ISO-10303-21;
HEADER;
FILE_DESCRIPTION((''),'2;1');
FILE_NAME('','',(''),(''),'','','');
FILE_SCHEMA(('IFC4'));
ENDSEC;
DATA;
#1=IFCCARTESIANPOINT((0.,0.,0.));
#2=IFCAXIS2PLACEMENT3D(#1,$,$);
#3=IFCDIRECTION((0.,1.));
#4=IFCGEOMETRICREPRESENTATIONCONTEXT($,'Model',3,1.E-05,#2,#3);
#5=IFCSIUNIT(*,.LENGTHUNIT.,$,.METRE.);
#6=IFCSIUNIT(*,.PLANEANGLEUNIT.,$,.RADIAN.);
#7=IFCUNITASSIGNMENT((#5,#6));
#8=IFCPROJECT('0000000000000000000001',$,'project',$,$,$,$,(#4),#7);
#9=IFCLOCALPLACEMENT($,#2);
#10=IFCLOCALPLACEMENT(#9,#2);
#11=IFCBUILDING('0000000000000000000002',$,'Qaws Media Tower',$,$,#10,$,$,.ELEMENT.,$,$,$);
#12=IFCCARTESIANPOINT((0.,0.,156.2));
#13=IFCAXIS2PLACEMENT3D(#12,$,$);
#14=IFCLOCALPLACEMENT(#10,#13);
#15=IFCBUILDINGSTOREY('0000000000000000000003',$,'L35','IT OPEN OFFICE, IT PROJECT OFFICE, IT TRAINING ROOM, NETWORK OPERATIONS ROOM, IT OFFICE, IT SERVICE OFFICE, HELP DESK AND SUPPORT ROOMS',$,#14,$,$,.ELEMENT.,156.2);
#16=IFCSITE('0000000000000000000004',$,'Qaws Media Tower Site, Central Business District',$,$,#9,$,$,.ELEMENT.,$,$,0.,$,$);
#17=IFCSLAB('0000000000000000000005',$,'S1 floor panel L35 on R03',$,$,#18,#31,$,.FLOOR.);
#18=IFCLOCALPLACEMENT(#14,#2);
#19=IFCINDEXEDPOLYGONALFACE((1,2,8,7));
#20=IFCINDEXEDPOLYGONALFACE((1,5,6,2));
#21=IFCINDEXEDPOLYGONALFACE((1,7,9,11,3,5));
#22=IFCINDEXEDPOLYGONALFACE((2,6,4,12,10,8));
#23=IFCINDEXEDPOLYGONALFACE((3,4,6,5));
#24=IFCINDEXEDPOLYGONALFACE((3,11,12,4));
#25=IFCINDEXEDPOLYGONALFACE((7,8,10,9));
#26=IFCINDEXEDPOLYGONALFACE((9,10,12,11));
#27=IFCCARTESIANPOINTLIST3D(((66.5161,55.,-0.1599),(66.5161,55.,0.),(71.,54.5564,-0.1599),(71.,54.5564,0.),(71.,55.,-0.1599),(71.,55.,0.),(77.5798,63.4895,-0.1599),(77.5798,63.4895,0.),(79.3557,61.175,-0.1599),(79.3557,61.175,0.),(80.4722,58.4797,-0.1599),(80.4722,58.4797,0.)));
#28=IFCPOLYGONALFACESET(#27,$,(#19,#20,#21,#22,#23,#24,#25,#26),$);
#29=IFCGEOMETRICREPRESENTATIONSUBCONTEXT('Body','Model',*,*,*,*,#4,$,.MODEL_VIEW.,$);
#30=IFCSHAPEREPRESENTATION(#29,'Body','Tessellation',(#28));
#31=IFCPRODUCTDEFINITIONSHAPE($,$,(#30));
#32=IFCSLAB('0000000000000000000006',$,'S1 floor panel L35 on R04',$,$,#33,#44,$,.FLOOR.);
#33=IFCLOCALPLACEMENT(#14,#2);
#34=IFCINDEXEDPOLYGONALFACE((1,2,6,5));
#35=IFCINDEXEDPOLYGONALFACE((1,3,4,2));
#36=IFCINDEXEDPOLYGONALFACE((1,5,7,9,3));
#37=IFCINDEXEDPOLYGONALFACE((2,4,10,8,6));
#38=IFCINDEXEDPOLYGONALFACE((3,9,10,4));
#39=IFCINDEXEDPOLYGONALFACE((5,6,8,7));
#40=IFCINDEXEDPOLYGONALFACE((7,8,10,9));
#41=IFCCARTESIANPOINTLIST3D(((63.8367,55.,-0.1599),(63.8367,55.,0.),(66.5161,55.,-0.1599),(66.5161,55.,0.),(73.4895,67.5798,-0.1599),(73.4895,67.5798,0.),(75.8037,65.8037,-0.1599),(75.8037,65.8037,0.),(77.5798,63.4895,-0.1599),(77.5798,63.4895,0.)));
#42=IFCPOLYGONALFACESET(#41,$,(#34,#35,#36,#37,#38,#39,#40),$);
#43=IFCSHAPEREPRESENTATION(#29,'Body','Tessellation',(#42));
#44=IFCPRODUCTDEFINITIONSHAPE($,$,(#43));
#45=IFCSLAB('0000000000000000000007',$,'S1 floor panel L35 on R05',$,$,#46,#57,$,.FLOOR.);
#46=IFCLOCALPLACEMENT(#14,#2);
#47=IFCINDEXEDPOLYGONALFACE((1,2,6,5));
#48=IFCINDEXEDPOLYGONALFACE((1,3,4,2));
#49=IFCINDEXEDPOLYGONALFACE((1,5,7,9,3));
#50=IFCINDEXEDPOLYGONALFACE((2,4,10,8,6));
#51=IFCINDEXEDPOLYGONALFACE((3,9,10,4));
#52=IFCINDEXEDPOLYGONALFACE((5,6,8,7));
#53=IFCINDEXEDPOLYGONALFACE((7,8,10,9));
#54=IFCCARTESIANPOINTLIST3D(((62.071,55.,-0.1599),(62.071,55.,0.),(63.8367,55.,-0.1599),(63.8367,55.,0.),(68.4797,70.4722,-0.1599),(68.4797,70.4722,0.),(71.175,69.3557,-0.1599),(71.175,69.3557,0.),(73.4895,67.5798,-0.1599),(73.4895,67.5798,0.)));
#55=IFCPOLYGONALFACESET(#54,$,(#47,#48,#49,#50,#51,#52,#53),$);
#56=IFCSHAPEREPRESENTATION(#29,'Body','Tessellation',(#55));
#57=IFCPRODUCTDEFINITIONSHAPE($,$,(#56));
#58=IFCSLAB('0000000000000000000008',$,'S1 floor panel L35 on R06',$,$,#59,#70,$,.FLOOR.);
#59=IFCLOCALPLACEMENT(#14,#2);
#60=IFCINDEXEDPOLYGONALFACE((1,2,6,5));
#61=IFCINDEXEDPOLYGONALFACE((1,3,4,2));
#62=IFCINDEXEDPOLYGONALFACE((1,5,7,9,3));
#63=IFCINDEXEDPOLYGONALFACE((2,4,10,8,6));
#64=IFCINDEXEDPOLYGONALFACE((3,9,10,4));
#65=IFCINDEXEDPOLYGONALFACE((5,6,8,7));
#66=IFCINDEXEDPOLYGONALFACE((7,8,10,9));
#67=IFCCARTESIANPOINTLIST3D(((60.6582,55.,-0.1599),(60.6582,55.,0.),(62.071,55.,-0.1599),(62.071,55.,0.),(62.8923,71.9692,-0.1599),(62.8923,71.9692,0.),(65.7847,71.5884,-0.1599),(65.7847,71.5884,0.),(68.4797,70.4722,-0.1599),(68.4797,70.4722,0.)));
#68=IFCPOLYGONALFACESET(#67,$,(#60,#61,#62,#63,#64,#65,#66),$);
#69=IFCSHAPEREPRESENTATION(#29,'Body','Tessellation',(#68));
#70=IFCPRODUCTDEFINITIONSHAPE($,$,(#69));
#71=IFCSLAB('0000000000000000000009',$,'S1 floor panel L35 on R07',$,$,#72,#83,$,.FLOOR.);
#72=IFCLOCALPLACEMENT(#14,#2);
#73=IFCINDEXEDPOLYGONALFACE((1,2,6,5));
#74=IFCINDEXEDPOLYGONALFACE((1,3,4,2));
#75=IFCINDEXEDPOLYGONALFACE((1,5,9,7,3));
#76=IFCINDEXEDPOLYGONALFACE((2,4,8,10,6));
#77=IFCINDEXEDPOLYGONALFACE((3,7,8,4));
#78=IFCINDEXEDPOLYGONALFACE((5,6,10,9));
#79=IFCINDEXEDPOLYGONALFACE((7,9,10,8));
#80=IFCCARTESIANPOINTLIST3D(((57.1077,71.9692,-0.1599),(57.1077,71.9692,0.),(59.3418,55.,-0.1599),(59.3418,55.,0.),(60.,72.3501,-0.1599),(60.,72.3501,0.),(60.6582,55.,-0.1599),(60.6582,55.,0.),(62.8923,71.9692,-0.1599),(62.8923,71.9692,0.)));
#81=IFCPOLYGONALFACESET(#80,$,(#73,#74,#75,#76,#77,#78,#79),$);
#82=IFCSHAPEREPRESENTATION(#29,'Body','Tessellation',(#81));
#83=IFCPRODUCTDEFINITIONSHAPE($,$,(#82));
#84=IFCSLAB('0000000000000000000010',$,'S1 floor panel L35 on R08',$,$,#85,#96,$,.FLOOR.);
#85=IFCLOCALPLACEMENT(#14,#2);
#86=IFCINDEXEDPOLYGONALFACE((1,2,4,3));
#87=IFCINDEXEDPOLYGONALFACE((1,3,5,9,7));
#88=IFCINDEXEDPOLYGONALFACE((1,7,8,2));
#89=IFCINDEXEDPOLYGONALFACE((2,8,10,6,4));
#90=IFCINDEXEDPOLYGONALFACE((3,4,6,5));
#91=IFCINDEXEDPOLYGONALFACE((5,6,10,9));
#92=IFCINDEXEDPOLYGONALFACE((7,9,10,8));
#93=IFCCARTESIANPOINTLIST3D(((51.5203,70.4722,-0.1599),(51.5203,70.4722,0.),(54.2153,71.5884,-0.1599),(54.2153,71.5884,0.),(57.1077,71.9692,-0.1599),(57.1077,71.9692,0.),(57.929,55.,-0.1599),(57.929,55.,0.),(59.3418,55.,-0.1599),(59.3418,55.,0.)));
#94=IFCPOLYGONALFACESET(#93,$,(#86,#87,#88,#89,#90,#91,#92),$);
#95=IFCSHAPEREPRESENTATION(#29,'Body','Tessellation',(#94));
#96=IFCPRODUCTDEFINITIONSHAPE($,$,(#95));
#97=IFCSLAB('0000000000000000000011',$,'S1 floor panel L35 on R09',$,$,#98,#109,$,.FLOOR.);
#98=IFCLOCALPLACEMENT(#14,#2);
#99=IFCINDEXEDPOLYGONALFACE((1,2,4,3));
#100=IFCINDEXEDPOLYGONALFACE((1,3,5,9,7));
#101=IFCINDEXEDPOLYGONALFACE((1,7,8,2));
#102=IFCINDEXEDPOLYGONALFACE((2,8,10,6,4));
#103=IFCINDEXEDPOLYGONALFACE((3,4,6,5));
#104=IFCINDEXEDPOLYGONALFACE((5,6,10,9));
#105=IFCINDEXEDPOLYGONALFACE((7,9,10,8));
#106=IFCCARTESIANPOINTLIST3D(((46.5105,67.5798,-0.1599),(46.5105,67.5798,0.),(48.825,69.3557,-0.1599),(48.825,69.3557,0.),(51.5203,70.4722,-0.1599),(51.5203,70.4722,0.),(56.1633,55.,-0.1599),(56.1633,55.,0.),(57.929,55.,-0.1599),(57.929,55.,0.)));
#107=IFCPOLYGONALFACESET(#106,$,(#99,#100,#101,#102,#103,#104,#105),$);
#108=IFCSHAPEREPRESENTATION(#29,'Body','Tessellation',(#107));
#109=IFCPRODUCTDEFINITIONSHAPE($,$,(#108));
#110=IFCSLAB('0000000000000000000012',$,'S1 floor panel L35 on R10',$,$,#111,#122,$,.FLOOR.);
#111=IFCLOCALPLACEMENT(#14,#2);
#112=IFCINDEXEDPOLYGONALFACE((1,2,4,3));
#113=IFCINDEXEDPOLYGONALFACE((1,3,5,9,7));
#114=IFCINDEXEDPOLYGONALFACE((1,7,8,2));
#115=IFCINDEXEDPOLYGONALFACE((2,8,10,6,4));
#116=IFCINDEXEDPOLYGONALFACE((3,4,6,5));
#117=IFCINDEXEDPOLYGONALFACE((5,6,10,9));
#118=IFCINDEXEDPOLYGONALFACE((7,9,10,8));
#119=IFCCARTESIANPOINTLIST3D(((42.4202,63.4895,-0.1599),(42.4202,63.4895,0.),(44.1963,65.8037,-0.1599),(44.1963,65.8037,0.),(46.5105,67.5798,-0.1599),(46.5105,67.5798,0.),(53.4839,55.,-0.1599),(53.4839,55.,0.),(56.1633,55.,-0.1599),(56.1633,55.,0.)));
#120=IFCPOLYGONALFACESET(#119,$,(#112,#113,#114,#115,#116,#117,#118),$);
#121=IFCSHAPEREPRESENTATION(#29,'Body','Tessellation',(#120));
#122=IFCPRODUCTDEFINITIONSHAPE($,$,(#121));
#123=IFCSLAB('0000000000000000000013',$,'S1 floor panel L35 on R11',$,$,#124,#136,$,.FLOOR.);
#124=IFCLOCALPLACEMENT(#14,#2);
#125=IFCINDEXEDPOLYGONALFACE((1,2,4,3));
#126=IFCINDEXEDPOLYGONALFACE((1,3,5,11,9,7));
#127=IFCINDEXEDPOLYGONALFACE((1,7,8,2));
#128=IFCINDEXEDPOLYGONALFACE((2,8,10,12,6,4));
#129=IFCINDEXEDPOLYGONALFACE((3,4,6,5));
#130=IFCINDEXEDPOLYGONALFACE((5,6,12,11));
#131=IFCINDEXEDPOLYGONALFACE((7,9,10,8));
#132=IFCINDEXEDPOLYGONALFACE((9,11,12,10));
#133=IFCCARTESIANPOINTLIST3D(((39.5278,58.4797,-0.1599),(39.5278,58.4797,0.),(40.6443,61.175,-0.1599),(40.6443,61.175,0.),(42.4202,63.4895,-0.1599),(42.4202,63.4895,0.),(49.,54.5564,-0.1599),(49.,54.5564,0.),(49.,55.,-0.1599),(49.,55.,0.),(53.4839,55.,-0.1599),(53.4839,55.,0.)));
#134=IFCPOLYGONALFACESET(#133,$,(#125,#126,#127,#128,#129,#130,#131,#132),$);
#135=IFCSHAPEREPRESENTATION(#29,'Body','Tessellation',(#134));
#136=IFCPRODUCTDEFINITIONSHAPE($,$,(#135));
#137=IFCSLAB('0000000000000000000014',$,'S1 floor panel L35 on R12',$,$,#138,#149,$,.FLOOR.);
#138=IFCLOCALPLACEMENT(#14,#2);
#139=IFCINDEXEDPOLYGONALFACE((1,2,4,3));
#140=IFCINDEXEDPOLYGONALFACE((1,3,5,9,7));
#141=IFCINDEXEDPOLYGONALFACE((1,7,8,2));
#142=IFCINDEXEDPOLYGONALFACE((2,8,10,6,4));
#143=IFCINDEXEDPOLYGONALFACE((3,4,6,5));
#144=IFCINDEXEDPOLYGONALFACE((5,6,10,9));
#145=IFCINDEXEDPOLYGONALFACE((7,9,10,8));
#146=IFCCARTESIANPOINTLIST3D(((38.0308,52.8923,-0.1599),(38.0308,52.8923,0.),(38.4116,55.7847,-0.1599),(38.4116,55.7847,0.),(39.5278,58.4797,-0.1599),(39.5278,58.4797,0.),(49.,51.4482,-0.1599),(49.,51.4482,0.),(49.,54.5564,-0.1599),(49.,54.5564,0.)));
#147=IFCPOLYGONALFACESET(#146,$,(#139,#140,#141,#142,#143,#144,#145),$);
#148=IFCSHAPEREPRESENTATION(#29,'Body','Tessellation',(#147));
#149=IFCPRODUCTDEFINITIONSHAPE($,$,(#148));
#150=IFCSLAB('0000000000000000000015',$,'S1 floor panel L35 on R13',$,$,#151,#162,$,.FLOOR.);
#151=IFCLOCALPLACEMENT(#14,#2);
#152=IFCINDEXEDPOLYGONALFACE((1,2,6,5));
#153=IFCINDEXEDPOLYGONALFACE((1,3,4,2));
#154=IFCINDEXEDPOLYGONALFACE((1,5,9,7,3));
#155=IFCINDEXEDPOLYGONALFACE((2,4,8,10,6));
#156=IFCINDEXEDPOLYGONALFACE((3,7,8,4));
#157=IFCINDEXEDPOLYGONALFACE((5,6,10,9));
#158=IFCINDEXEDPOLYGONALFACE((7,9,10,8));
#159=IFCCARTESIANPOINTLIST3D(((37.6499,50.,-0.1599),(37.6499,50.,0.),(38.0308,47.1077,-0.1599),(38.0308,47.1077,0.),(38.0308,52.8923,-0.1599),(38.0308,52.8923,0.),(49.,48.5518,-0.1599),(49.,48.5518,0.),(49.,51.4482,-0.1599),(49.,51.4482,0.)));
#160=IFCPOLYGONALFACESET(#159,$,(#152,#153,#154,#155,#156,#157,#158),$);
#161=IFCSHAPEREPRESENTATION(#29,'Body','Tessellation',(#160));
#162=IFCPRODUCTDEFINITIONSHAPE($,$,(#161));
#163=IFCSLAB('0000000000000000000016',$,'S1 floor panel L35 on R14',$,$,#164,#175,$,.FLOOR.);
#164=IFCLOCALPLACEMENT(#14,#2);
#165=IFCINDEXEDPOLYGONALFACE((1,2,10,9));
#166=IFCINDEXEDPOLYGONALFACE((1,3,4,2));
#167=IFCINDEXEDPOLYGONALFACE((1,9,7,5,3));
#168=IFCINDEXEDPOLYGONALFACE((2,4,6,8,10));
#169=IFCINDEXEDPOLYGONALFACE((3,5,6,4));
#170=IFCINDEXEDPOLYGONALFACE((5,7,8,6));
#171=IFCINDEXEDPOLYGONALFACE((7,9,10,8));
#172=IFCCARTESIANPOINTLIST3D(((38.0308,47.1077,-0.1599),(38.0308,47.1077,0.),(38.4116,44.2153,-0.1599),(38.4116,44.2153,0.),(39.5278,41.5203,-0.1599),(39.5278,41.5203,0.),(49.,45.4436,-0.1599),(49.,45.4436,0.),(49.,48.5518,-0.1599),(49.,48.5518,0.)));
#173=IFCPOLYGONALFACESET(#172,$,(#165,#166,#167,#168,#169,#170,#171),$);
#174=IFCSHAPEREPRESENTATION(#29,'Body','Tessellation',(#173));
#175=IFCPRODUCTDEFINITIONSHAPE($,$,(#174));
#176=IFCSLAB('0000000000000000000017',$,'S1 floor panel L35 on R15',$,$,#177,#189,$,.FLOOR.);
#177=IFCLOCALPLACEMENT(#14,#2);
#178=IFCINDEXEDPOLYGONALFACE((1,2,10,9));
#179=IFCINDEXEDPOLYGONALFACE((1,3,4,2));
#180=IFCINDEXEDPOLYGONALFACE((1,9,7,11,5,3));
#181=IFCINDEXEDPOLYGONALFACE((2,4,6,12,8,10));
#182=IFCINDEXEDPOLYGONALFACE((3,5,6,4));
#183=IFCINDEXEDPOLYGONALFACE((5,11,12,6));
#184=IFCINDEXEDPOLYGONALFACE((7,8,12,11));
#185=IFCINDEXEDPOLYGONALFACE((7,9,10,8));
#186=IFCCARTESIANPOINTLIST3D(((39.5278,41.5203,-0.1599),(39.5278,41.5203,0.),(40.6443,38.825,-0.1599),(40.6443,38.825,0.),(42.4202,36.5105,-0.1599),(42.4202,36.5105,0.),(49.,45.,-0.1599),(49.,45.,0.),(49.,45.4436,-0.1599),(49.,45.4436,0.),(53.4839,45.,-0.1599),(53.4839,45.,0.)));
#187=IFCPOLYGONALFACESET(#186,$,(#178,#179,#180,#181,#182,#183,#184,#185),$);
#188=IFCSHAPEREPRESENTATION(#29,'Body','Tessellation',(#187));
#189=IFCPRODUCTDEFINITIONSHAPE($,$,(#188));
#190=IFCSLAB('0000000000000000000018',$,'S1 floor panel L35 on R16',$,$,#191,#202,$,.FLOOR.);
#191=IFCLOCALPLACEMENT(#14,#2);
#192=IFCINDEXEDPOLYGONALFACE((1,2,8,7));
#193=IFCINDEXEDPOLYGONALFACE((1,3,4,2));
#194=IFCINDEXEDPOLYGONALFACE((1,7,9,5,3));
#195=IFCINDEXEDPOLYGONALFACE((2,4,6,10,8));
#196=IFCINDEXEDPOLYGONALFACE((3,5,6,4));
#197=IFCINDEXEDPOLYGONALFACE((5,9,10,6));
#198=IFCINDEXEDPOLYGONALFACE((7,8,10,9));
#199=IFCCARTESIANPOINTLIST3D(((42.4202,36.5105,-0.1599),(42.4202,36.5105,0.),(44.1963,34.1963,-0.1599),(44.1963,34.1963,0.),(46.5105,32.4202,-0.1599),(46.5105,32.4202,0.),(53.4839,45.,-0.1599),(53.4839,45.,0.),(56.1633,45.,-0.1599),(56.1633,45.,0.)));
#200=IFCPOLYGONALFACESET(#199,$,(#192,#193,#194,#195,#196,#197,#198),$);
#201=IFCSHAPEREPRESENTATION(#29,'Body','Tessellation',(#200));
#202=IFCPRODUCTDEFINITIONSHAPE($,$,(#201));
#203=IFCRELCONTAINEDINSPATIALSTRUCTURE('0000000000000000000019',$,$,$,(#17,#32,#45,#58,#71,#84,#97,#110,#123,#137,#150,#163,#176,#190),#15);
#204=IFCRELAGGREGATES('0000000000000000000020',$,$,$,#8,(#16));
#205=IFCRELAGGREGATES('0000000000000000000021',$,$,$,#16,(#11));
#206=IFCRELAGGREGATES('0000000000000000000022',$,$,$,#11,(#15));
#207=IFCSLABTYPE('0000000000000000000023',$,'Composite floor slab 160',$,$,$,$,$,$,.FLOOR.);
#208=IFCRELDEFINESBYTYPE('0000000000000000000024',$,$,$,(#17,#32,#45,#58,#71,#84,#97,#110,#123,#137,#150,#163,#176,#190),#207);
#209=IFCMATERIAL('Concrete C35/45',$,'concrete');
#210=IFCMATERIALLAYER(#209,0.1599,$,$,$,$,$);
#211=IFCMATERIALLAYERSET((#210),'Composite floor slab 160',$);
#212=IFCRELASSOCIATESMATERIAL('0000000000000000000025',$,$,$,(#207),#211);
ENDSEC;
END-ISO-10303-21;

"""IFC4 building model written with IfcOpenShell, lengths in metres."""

from ifc_helpers import new_model, si_unit, direction, frame, origin, place, context, subcontext, project, spatial, polyline, outline, extrude, material, layer, layer_set, type_object, element, save


model = new_model("IFC4")

# Units and contexts
model_context = context("Model", 3, precision=1e-05, world=origin(), true_north=direction((0.0, 1.0)))
body_context = subcontext(model_context, "Body", "Model", "MODEL_VIEW")
ifc_project = project(units=[si_unit("LENGTHUNIT", "METRE"), si_unit("PLANEANGLEUNIT", "RADIAN")], contexts=[model_context])

# Site, building, storey
site_placement = place(None, origin())
site = spatial("IfcSite", under=ifc_project, at=site_placement, Name="Qaws Media Tower Site, Central Business District", CompositionType="ELEMENT", RefElevation=0.0)
building_placement = place(site_placement, origin())
building = spatial("IfcBuilding", under=site, at=building_placement, Name="Qaws Media Tower", CompositionType="ELEMENT")
storey_placement = place(building_placement, frame((0.0, 0.0, 156.2)))
storey = spatial("IfcBuildingStorey", under=building, at=storey_placement, Name="L35", Description="IT OPEN OFFICE, IT PROJECT OFFICE, IT TRAINING ROOM, NETWORK OPERATIONS ROOM, IT OFFICE, IT SERVICE OFFICE, HELP DESK AND SUPPORT ROOMS", CompositionType="ELEMENT", Elevation=156.2)

# Slabs
ifc_material_1 = material(Name="Concrete C35/45", Category="concrete")
ifc_layer_1 = layer(ifc_material_1, 0.1599)
ifc_layer_set_1 = layer_set([ifc_layer_1], Name="Composite floor slab 160")
slab_type_1 = type_object("IfcSlabType", Name="Composite floor slab 160", PredefinedType="FLOOR", material=ifc_layer_set_1)
slab_1_placement = place(storey_placement, frame((0.0, 0.0, -0.1599)))
element("IfcSlab", 1, at=slab_1_placement, inside=storey, type_object=slab_type_1, Name="S1 floor panel L35 on R03", PredefinedType="FLOOR", context=body_context, shape_type="SweptSolid", body=[
    extrude(outline(polyline([(79.3557, 61.175), (80.4722, 58.4797), (71.0, 54.5564), (71.0, 55.0), (66.5161, 55.0), (77.5798, 63.4895), (79.3557, 61.175)])), origin(), (0.0, 0.0, 1.0), 0.1599),
])
slab_2_placement = place(storey_placement, frame((0.0, 0.0, -0.1599)))
element("IfcSlab", 2, at=slab_2_placement, inside=storey, type_object=slab_type_1, Name="S1 floor panel L35 on R04", PredefinedType="FLOOR", context=body_context, shape_type="SweptSolid", body=[
    extrude(outline(polyline([(75.8037, 65.8037), (77.5798, 63.4895), (66.5161, 55.0), (63.8367, 55.0), (73.4895, 67.5798), (75.8037, 65.8037)])), origin(), (0.0, 0.0, 1.0), 0.1599),
])
slab_3_placement = place(storey_placement, frame((0.0, 0.0, -0.1599)))
element("IfcSlab", 3, at=slab_3_placement, inside=storey, type_object=slab_type_1, Name="S1 floor panel L35 on R05", PredefinedType="FLOOR", context=body_context, shape_type="SweptSolid", body=[
    extrude(outline(polyline([(71.175, 69.3557), (73.4895, 67.5798), (63.8367, 55.0), (62.071, 55.0), (68.4797, 70.4722), (71.175, 69.3557)])), origin(), (0.0, 0.0, 1.0), 0.1599),
])
slab_4_placement = place(storey_placement, frame((0.0, 0.0, -0.1599)))
element("IfcSlab", 4, at=slab_4_placement, inside=storey, type_object=slab_type_1, Name="S1 floor panel L35 on R06", PredefinedType="FLOOR", context=body_context, shape_type="SweptSolid", body=[
    extrude(outline(polyline([(65.7847, 71.5884), (68.4797, 70.4722), (62.071, 55.0), (60.6582, 55.0), (62.8923, 71.9692), (65.7847, 71.5884)])), origin(), (0.0, 0.0, 1.0), 0.1599),
])
slab_5_placement = place(storey_placement, frame((0.0, 0.0, -0.1599)))
element("IfcSlab", 5, at=slab_5_placement, inside=storey, type_object=slab_type_1, Name="S1 floor panel L35 on R07", PredefinedType="FLOOR", context=body_context, shape_type="SweptSolid", body=[
    extrude(outline(polyline([(60.0, 72.3501), (62.8923, 71.9692), (60.6582, 55.0), (59.3418, 55.0), (57.1077, 71.9692), (60.0, 72.3501)])), origin(), (0.0, 0.0, 1.0), 0.1599),
])
slab_6_placement = place(storey_placement, frame((0.0, 0.0, -0.1599)))
element("IfcSlab", 6, at=slab_6_placement, inside=storey, type_object=slab_type_1, Name="S1 floor panel L35 on R08", PredefinedType="FLOOR", context=body_context, shape_type="SweptSolid", body=[
    extrude(outline(polyline([(54.2153, 71.5884), (57.1077, 71.9692), (59.3418, 55.0), (57.929, 55.0), (51.5203, 70.4722), (54.2153, 71.5884)])), origin(), (0.0, 0.0, 1.0), 0.1599),
])
slab_7_placement = place(storey_placement, frame((0.0, 0.0, -0.1599)))
element("IfcSlab", 7, at=slab_7_placement, inside=storey, type_object=slab_type_1, Name="S1 floor panel L35 on R09", PredefinedType="FLOOR", context=body_context, shape_type="SweptSolid", body=[
    extrude(outline(polyline([(48.825, 69.3557), (51.5203, 70.4722), (57.929, 55.0), (56.1633, 55.0), (46.5105, 67.5798), (48.825, 69.3557)])), origin(), (0.0, 0.0, 1.0), 0.1599),
])
slab_8_placement = place(storey_placement, frame((0.0, 0.0, -0.1599)))
element("IfcSlab", 8, at=slab_8_placement, inside=storey, type_object=slab_type_1, Name="S1 floor panel L35 on R10", PredefinedType="FLOOR", context=body_context, shape_type="SweptSolid", body=[
    extrude(outline(polyline([(44.1963, 65.8037), (46.5105, 67.5798), (56.1633, 55.0), (53.4839, 55.0), (42.4202, 63.4895), (44.1963, 65.8037)])), origin(), (0.0, 0.0, 1.0), 0.1599),
])
slab_9_placement = place(storey_placement, frame((0.0, 0.0, -0.1599)))
element("IfcSlab", 9, at=slab_9_placement, inside=storey, type_object=slab_type_1, Name="S1 floor panel L35 on R11", PredefinedType="FLOOR", context=body_context, shape_type="SweptSolid", body=[
    extrude(outline(polyline([(40.6443, 61.175), (42.4202, 63.4895), (53.4839, 55.0), (49.0, 55.0), (49.0, 54.5564), (39.5278, 58.4797), (40.6443, 61.175)])), origin(), (0.0, 0.0, 1.0), 0.1599),
])
slab_10_placement = place(storey_placement, frame((0.0, 0.0, -0.1599)))
element("IfcSlab", 10, at=slab_10_placement, inside=storey, type_object=slab_type_1, Name="S1 floor panel L35 on R12", PredefinedType="FLOOR", context=body_context, shape_type="SweptSolid", body=[
    extrude(outline(polyline([(38.4116, 55.7847), (39.5278, 58.4797), (49.0, 54.5564), (49.0, 51.4482), (38.0308, 52.8923), (38.4116, 55.7847)])), origin(), (0.0, 0.0, 1.0), 0.1599),
])
slab_11_placement = place(storey_placement, frame((0.0, 0.0, -0.1599)))
element("IfcSlab", 11, at=slab_11_placement, inside=storey, type_object=slab_type_1, Name="S1 floor panel L35 on R13", PredefinedType="FLOOR", context=body_context, shape_type="SweptSolid", body=[
    extrude(outline(polyline([(37.6499, 50.0), (38.0308, 52.8923), (49.0, 51.4482), (49.0, 48.5518), (38.0308, 47.1077), (37.6499, 50.0)])), origin(), (0.0, 0.0, 1.0), 0.1599),
])
slab_12_placement = place(storey_placement, frame((0.0, 0.0, -0.1599)))
element("IfcSlab", 12, at=slab_12_placement, inside=storey, type_object=slab_type_1, Name="S1 floor panel L35 on R14", PredefinedType="FLOOR", context=body_context, shape_type="SweptSolid", body=[
    extrude(outline(polyline([(38.4116, 44.2153), (38.0308, 47.1077), (49.0, 48.5518), (49.0, 45.4436), (39.5278, 41.5203), (38.4116, 44.2153)])), origin(), (0.0, 0.0, 1.0), 0.1599),
])
slab_13_placement = place(storey_placement, frame((0.0, 0.0, -0.1599)))
element("IfcSlab", 13, at=slab_13_placement, inside=storey, type_object=slab_type_1, Name="S1 floor panel L35 on R15", PredefinedType="FLOOR", context=body_context, shape_type="SweptSolid", body=[
    extrude(outline(polyline([(40.6443, 38.825), (39.5278, 41.5203), (49.0, 45.4436), (49.0, 45.0), (53.4839, 45.0), (42.4202, 36.5105), (40.6443, 38.825)])), origin(), (0.0, 0.0, 1.0), 0.1599),
])
slab_14_placement = place(storey_placement, frame((0.0, 0.0, -0.1599)))
element("IfcSlab", 14, at=slab_14_placement, inside=storey, type_object=slab_type_1, Name="S1 floor panel L35 on R16", PredefinedType="FLOOR", context=body_context, shape_type="SweptSolid", body=[
    extrude(outline(polyline([(44.1963, 34.1963), (42.4202, 36.5105), (53.4839, 45.0), (56.1633, 45.0), (46.5105, 32.4202), (44.1963, 34.1963)])), origin(), (0.0, 0.0, 1.0), 0.1599),
])

save(model, "model.ifc")
